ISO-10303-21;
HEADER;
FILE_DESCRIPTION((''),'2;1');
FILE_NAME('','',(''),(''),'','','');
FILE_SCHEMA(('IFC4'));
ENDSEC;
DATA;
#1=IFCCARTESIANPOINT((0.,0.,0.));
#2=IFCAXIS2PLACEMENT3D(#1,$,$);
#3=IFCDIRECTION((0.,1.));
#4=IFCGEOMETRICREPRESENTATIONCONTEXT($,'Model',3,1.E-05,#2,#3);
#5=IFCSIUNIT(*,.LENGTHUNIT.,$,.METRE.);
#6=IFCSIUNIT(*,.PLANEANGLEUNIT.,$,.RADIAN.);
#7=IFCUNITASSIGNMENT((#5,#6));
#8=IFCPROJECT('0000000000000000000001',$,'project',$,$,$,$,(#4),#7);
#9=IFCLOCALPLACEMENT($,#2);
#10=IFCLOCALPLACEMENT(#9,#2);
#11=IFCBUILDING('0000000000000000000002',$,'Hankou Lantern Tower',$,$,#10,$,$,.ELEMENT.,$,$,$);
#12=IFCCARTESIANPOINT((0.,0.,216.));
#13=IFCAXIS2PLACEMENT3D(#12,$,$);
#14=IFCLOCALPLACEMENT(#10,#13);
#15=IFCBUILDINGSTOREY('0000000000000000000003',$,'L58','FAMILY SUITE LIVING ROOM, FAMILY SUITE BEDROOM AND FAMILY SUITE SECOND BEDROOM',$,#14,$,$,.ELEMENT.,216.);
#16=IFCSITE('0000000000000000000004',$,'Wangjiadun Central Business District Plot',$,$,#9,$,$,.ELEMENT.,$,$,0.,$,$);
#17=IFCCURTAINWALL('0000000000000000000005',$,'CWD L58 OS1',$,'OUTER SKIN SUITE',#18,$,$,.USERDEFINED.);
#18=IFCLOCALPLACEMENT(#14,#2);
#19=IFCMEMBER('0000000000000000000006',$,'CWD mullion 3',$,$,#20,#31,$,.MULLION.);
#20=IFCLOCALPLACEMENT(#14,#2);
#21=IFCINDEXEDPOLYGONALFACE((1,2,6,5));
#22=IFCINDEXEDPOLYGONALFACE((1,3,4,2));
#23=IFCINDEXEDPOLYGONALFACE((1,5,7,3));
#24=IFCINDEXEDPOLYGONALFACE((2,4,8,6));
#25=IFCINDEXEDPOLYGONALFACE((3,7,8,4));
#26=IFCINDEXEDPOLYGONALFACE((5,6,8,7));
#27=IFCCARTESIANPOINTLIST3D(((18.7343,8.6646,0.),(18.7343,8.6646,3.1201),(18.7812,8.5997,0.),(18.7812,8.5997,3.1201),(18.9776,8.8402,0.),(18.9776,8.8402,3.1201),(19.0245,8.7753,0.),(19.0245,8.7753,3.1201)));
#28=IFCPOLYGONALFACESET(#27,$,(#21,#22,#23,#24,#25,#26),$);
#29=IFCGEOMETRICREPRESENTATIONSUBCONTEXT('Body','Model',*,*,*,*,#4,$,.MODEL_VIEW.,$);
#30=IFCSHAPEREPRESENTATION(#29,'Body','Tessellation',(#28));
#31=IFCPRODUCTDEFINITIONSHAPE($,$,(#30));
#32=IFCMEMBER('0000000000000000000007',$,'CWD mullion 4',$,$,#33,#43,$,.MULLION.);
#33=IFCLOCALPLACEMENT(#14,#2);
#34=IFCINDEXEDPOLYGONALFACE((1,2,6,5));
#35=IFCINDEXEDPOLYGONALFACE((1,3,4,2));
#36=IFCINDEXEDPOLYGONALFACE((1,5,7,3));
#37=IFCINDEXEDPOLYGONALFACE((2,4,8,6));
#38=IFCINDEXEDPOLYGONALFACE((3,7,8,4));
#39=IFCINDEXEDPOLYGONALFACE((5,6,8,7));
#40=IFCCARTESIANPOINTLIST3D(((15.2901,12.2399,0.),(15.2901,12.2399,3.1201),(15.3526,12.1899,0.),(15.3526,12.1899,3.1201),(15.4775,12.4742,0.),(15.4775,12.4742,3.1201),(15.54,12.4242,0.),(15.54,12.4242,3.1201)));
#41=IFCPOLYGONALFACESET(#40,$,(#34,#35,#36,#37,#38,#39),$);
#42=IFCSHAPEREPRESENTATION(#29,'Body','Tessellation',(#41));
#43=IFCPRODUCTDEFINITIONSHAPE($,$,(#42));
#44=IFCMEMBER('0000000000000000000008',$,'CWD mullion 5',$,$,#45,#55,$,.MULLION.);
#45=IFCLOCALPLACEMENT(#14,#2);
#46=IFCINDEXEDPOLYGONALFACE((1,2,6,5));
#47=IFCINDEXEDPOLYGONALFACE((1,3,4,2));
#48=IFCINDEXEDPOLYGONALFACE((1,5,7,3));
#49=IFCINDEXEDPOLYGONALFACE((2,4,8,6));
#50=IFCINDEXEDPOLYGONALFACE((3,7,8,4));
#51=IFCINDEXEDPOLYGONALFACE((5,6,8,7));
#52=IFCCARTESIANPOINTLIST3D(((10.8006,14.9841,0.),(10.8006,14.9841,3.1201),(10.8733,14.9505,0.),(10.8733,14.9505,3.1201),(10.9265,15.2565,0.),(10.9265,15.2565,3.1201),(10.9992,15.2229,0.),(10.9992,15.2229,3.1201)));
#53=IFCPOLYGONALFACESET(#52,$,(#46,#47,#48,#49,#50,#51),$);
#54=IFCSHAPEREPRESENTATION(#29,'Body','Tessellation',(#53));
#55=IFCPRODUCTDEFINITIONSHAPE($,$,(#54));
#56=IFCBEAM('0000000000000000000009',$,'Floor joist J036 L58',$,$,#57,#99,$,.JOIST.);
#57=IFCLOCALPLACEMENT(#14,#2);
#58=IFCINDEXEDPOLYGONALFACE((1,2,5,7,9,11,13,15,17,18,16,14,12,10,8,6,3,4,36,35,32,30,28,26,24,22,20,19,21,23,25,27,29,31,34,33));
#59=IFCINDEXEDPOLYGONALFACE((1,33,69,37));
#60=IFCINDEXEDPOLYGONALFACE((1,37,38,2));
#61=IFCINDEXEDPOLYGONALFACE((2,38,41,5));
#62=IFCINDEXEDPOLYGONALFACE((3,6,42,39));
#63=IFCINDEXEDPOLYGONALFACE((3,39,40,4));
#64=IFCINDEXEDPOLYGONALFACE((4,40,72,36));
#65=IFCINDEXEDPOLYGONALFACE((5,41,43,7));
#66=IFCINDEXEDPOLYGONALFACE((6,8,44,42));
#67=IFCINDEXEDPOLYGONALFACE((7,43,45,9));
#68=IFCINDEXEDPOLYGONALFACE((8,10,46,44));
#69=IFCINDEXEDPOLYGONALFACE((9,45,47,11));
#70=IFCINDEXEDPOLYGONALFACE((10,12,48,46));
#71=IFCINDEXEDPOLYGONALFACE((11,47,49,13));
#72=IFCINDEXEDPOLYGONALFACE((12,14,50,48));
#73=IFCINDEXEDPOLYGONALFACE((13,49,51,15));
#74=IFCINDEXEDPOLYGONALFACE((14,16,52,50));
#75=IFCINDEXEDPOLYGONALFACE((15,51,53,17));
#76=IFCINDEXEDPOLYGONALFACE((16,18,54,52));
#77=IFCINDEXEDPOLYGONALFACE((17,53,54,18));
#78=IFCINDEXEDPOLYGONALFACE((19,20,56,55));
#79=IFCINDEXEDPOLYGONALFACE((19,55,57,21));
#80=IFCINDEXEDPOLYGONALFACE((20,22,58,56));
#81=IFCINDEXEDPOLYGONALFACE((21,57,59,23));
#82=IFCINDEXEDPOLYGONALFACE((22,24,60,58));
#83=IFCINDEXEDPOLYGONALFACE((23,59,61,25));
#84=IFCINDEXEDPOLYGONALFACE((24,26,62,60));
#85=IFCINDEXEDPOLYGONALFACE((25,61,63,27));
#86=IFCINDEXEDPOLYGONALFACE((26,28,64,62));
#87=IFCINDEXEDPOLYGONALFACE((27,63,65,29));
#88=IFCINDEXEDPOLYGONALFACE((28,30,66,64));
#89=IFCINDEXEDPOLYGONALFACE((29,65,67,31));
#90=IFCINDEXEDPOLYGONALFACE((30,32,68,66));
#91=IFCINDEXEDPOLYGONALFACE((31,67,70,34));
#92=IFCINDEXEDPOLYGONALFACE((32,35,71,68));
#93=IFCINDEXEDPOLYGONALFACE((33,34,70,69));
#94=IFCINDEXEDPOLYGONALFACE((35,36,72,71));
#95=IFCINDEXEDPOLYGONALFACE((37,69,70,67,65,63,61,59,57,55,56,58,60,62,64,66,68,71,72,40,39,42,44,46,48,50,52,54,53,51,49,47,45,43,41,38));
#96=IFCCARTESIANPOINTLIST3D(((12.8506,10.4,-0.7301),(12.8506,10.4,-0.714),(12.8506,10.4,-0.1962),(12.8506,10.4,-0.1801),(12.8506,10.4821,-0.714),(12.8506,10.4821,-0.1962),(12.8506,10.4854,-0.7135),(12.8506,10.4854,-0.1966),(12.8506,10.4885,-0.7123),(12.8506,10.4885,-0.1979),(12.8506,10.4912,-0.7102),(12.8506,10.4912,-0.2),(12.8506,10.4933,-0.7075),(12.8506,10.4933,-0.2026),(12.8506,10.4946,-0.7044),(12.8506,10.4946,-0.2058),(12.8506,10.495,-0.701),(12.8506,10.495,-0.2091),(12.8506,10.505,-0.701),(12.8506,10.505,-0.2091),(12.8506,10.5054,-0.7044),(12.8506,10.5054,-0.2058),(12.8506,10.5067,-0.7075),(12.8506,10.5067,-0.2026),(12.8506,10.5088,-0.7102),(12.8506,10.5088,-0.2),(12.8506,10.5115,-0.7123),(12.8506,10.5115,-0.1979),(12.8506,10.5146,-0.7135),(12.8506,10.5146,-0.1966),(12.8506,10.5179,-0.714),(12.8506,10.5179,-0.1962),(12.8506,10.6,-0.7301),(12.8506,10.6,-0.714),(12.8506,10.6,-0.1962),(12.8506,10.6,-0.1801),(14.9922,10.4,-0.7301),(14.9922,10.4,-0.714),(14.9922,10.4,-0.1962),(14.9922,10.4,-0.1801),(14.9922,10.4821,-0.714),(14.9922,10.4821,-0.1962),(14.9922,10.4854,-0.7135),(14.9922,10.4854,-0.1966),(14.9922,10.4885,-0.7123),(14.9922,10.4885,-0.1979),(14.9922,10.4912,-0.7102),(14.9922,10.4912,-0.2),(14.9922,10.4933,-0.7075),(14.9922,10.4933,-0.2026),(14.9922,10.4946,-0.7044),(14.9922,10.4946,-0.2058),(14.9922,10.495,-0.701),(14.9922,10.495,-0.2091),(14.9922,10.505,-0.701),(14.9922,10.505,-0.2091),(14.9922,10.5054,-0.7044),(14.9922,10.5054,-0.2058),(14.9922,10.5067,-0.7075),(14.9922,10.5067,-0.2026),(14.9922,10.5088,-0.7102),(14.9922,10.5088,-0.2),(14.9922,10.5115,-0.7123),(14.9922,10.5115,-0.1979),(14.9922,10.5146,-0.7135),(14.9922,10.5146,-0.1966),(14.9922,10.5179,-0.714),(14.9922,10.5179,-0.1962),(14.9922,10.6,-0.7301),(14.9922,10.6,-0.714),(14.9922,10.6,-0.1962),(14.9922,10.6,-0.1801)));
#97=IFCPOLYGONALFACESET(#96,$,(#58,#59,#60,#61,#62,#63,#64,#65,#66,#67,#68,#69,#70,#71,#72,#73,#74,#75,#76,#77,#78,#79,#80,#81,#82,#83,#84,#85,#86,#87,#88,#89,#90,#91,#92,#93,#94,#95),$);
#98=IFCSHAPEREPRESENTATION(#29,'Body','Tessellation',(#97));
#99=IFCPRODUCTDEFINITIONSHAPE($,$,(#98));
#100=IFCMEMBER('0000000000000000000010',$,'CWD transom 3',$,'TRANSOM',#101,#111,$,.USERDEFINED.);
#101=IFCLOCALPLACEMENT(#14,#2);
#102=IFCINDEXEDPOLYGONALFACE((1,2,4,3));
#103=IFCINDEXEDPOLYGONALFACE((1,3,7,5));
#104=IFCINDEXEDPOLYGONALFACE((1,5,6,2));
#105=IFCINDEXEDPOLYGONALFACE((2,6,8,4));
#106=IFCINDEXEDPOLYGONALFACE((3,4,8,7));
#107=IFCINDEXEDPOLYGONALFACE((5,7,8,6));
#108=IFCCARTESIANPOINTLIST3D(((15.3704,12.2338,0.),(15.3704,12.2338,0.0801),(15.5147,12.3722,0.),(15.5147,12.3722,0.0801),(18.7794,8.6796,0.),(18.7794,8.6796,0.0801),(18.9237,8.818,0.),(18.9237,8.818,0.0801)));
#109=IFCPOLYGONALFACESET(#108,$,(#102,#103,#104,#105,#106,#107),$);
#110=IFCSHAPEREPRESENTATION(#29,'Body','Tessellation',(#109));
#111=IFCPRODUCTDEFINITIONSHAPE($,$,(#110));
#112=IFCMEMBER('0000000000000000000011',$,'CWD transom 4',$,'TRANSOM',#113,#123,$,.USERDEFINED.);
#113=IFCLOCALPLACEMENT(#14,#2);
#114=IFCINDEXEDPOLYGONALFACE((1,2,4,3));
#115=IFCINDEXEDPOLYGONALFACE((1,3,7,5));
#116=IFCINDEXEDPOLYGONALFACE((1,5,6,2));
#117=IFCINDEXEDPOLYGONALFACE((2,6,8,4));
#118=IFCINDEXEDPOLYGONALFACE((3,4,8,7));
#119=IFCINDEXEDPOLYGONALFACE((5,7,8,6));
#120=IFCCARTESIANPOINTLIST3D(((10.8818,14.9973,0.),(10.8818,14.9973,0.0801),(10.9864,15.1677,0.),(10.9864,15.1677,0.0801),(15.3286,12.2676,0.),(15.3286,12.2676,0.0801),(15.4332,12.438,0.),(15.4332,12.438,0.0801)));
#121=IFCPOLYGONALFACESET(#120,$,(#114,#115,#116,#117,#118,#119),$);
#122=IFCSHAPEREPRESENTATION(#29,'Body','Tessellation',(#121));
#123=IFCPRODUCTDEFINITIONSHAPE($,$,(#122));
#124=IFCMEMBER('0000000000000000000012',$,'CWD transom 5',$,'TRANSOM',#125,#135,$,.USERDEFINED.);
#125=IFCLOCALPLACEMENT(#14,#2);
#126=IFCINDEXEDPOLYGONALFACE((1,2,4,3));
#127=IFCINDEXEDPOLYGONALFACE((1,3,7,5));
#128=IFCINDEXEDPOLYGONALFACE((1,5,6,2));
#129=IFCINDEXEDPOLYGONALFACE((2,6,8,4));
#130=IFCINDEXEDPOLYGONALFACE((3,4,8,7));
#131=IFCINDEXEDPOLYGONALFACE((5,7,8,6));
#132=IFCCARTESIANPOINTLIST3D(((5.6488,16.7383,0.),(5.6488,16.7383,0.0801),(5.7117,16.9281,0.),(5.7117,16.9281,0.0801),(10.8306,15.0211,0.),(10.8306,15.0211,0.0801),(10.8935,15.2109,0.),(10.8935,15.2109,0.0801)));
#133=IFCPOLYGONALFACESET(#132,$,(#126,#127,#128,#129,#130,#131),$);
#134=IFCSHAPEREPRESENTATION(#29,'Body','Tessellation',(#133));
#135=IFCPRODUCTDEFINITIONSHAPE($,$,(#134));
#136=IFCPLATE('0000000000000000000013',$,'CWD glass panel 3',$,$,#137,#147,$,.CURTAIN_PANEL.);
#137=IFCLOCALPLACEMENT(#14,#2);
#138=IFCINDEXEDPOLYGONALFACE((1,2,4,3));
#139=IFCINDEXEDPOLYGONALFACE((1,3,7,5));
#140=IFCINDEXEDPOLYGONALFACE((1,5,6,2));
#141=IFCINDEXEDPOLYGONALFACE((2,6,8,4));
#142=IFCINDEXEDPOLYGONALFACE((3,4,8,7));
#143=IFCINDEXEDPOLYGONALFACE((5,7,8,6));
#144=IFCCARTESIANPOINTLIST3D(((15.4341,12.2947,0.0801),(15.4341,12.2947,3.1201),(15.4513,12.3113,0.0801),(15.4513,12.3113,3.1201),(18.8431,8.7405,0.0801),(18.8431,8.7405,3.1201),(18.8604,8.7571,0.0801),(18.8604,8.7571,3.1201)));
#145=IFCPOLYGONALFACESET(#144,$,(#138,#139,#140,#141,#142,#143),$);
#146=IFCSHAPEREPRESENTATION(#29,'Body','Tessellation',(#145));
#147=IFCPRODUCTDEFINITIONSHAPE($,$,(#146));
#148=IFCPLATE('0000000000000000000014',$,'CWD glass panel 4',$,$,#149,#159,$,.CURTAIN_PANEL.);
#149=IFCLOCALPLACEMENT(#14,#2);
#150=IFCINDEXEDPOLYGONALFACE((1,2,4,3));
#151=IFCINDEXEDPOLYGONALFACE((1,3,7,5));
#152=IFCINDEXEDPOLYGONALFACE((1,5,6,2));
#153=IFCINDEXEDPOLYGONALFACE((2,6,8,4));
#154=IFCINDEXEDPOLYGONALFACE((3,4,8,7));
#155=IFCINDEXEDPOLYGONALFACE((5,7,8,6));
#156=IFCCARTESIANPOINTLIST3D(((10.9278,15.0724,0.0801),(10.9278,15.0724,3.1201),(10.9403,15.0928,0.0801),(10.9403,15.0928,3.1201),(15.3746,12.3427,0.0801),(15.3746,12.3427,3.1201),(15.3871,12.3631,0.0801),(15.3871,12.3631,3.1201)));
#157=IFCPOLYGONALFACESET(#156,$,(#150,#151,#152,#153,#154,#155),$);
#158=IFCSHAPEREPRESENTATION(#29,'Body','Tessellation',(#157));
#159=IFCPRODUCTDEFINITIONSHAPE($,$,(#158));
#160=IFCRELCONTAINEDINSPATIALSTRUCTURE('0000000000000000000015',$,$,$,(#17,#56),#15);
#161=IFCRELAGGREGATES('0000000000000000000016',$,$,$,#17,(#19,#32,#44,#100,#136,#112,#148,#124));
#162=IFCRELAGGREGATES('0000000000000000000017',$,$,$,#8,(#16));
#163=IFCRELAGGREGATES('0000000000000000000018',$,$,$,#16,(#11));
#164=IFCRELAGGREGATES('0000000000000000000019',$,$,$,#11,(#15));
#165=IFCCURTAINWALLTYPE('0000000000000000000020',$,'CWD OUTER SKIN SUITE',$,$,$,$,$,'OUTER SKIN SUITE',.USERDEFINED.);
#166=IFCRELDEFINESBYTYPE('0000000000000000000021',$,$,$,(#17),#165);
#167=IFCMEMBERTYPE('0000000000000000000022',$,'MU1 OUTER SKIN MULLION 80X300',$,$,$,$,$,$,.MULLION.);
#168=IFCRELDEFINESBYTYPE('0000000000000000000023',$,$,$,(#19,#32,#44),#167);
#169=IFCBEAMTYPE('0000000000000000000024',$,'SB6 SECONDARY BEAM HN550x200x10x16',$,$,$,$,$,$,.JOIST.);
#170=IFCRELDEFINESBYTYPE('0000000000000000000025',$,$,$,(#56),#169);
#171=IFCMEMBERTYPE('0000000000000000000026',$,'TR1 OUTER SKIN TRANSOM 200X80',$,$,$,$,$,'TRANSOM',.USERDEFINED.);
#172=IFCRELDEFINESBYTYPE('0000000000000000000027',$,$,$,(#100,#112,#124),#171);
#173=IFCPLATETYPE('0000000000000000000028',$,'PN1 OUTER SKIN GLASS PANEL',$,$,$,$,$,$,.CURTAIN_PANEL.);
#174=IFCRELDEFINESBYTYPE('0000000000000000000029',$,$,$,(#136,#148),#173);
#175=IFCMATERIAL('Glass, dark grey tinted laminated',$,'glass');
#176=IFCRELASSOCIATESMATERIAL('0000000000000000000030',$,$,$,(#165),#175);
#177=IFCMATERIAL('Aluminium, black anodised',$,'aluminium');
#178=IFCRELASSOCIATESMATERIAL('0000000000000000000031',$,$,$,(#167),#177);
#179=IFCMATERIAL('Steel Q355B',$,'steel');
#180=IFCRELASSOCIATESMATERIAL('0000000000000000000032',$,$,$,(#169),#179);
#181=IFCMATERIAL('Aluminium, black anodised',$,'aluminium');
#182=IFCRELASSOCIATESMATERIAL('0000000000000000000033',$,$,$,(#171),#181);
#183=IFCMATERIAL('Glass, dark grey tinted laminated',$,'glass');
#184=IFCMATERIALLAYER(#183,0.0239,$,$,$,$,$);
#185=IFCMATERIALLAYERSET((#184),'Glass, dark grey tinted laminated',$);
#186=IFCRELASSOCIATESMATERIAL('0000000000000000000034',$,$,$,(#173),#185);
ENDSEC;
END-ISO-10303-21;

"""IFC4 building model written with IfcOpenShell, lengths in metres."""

from ifc_helpers import new_model, si_unit, direction, frame, origin, origin_2d, place, context, subcontext, project, spatial, rectangle, i_section, extrude, material, layer, layer_set, material_profile, profile_set, type_object, element, aggregate, save


model = new_model("IFC4")

# Units and contexts
model_context = context("Model", 3, precision=1e-05, world=origin(), true_north=direction((0.0, 1.0)))
body_context = subcontext(model_context, "Body", "Model", "MODEL_VIEW")
ifc_project = project(units=[si_unit("LENGTHUNIT", "METRE"), si_unit("PLANEANGLEUNIT", "RADIAN")], contexts=[model_context])

# Site, building, storey
site_placement = place(None, origin())
site = spatial("IfcSite", under=ifc_project, at=site_placement, Name="Wangjiadun Central Business District Plot", CompositionType="ELEMENT", RefElevation=0.0)
building_placement = place(site_placement, origin())
building = spatial("IfcBuilding", under=site, at=building_placement, Name="Hankou Lantern Tower", CompositionType="ELEMENT")
storey_placement = place(building_placement, frame((0.0, 0.0, 216.0)))
storey = spatial("IfcBuildingStorey", under=building, at=storey_placement, Name="L58", Description="FAMILY SUITE LIVING ROOM, FAMILY SUITE BEDROOM AND FAMILY SUITE SECOND BEDROOM", CompositionType="ELEMENT", Elevation=216.0)

# Curtain wall, members
ifc_material_1 = material(Name="Glass, dark grey tinted laminated", Category="glass")
curtain_wall_type = type_object("IfcCurtainWallType", Name="CWD OUTER SKIN SUITE", ElementType="OUTER SKIN SUITE", PredefinedType="USERDEFINED", material=ifc_material_1)
curtain_wall_placement = place(storey_placement, origin())
curtain_wall = element("IfcCurtainWall", 1, at=curtain_wall_placement, inside=storey, type_object=curtain_wall_type, Name="CWD L58 OS1", ObjectType="OUTER SKIN SUITE", PredefinedType="USERDEFINED")
ifc_material_2 = material(Name="Aluminium, black anodised", Category="aluminium")
ifc_material_profile_1 = material_profile(ifc_material_2, rectangle(XDim=0.0801, YDim=0.3, at=origin_2d()), Name="MU1 80X300")
ifc_profile_set_1 = profile_set([ifc_material_profile_1], Name="Aluminium, black anodised")
member_type_1 = type_object("IfcMemberType", Name="MU1 OUTER SKIN MULLION 80X300", PredefinedType="MULLION", material=ifc_profile_set_1)
member_1_placement = place(storey_placement, frame((18.8794, 8.72, 0.0), z_axis=(0.0, 0.0, 1.0), x_axis=(-0.585206, 0.810885, 0.0)))
member_1 = element("IfcMember", 2, at=member_1_placement, type_object=member_type_1, Name="CWD mullion 3", PredefinedType="MULLION", context=body_context, shape_type="SweptSolid", body=[
    extrude(rectangle(XDim=0.0801, YDim=0.3, at=origin_2d()), origin(), (0.0, 0.0, 1.0), 3.1201),
])
member_2_placement = place(storey_placement, frame((15.415, 12.332, 0.0), z_axis=(0.0, 0.0, 1.0), x_axis=(-0.780869, 0.624695, 0.0)))
member_2 = element("IfcMember", 3, at=member_2_placement, type_object=member_type_1, Name="CWD mullion 4", PredefinedType="MULLION", context=body_context, shape_type="SweptSolid", body=[
    extrude(rectangle(XDim=0.0801, YDim=0.3, at=origin_2d()), origin(), (0.0, 0.0, 1.0), 3.1201),
])
member_3_placement = place(storey_placement, frame((10.8999, 15.1035, 0.0), z_axis=(0.0, 0.0, 1.0), x_axis=(-0.907841, 0.419314, 0.0)))
member_3 = element("IfcMember", 4, at=member_3_placement, type_object=member_type_1, Name="CWD mullion 5", PredefinedType="MULLION", context=body_context, shape_type="SweptSolid", body=[
    extrude(rectangle(XDim=0.0801, YDim=0.3, at=origin_2d()), origin(), (0.0, 0.0, 1.0), 3.1201),
])

# Beam
ifc_material_3 = material(Name="Steel Q355B", Category="steel")
ifc_material_profile_2 = material_profile(ifc_material_3, i_section(OverallWidth=0.2, OverallDepth=0.55, WebThickness=0.01, FlangeThickness=0.0161, FilletRadius=0.0129, at=origin_2d()), Name="HN550x200x10x16")
ifc_profile_set_2 = profile_set([ifc_material_profile_2], Name="Steel Q355B")
beam_type_1 = type_object("IfcBeamType", Name="SB6 SECONDARY BEAM HN550x200x10x16", PredefinedType="JOIST", material=ifc_profile_set_2)
beam_1_placement = place(storey_placement, frame((12.8506, 10.5, -0.4551), z_axis=(1.0, 0.0, 0.0), x_axis=(0.0, 1.0, 0.0)))
element("IfcBeam", 5, at=beam_1_placement, inside=storey, type_object=beam_type_1, Name="Floor joist J036 L58", PredefinedType="JOIST", context=body_context, shape_type="SweptSolid", body=[
    extrude(i_section(OverallWidth=0.2, OverallDepth=0.55, WebThickness=0.01, FlangeThickness=0.0161, FilletRadius=0.0129, at=origin_2d()), origin(), (0.0, 0.0, 1.0), 2.1416),
])

# Members
ifc_material_4 = material(Name="Aluminium, black anodised", Category="aluminium")
ifc_material_profile_3 = material_profile(ifc_material_4, rectangle(XDim=0.2, YDim=0.0801, at=origin_2d()), Name="TR1 200X80")
ifc_profile_set_3 = profile_set([ifc_material_profile_3], Name="Aluminium, black anodised")
member_type_2 = type_object("IfcMemberType", Name="TR1 OUTER SKIN TRANSOM 200X80", ElementType="TRANSOM", PredefinedType="USERDEFINED", material=ifc_profile_set_3)
member_4_placement = place(storey_placement, frame((18.8516, 8.7488, 0.04), z_axis=(-0.692205, 0.721701, 0.0), x_axis=(-0.721701, -0.692205, 0.0)))
member_4 = element("IfcMember", 6, at=member_4_placement, type_object=member_type_2, Name="CWD transom 3", ObjectType="TRANSOM", PredefinedType="USERDEFINED", context=body_context, shape_type="SweptSolid", body=[
    extrude(rectangle(XDim=0.2, YDim=0.0801, at=origin_2d()), origin(), (0.0, 0.0, 1.0), 4.9248),
])
member_5_placement = place(storey_placement, frame((15.3809, 12.3528, 0.04), z_axis=(-0.852235, 0.52316, 0.0), x_axis=(-0.52316, -0.852235, 0.0)))
member_5 = element("IfcMember", 7, at=member_5_placement, type_object=member_type_2, Name="CWD transom 4", ObjectType="TRANSOM", PredefinedType="USERDEFINED", context=body_context, shape_type="SweptSolid", body=[
    extrude(rectangle(XDim=0.2, YDim=0.0801, at=origin_2d()), origin(), (0.0, 0.0, 1.0), 5.2178),
])
member_6_placement = place(storey_placement, frame((10.8621, 15.116, 0.04), z_axis=(-0.949232, 0.314577, 0.0), x_axis=(-0.314577, -0.949232, 0.0)))
member_6 = element("IfcMember", 8, at=member_6_placement, type_object=member_type_2, Name="CWD transom 5", ObjectType="TRANSOM", PredefinedType="USERDEFINED", context=body_context, shape_type="SweptSolid", body=[
    extrude(rectangle(XDim=0.2, YDim=0.0801, at=origin_2d()), origin(), (0.0, 0.0, 1.0), 5.459),
])

# Plates
ifc_material_5 = material(Name="Glass, dark grey tinted laminated", Category="glass")
ifc_layer_1 = layer(ifc_material_5, 0.0239)
ifc_layer_set_1 = layer_set([ifc_layer_1], Name="Glass, dark grey tinted laminated")
plate_type = type_object("IfcPlateType", Name="PN1 OUTER SKIN GLASS PANEL", PredefinedType="CURTAIN_PANEL", material=ifc_layer_set_1)
plate_1_placement = place(storey_placement, frame((17.1472, 10.5259, 0.0801), z_axis=(0.0, 0.0, 1.0), x_axis=(-0.692216, 0.721691, 0.0)))
plate_1 = element("IfcPlate", 9, at=plate_1_placement, type_object=plate_type, Name="CWD glass panel 3", PredefinedType="CURTAIN_PANEL", context=body_context, shape_type="SweptSolid", body=[
    extrude(rectangle(XDim=4.9248, YDim=0.0239, at=origin_2d()), origin(), (0.0, 0.0, 1.0), 3.04),
])
plate_2_placement = place(storey_placement, frame((13.1575, 13.7178, 0.0801), z_axis=(0.0, 0.0, 1.0), x_axis=(-0.852237, 0.523156, 0.0)))
plate_2 = element("IfcPlate", 10, at=plate_2_placement, type_object=plate_type, Name="CWD glass panel 4", PredefinedType="CURTAIN_PANEL", context=body_context, shape_type="SweptSolid", body=[
    extrude(rectangle(XDim=5.2178, YDim=0.0239, at=origin_2d()), origin(), (0.0, 0.0, 1.0), 3.04),
])
aggregate(curtain_wall, [member_1, member_2, member_3, member_4, plate_1, member_5, plate_2, member_6])

save(model, "model.ifc")
